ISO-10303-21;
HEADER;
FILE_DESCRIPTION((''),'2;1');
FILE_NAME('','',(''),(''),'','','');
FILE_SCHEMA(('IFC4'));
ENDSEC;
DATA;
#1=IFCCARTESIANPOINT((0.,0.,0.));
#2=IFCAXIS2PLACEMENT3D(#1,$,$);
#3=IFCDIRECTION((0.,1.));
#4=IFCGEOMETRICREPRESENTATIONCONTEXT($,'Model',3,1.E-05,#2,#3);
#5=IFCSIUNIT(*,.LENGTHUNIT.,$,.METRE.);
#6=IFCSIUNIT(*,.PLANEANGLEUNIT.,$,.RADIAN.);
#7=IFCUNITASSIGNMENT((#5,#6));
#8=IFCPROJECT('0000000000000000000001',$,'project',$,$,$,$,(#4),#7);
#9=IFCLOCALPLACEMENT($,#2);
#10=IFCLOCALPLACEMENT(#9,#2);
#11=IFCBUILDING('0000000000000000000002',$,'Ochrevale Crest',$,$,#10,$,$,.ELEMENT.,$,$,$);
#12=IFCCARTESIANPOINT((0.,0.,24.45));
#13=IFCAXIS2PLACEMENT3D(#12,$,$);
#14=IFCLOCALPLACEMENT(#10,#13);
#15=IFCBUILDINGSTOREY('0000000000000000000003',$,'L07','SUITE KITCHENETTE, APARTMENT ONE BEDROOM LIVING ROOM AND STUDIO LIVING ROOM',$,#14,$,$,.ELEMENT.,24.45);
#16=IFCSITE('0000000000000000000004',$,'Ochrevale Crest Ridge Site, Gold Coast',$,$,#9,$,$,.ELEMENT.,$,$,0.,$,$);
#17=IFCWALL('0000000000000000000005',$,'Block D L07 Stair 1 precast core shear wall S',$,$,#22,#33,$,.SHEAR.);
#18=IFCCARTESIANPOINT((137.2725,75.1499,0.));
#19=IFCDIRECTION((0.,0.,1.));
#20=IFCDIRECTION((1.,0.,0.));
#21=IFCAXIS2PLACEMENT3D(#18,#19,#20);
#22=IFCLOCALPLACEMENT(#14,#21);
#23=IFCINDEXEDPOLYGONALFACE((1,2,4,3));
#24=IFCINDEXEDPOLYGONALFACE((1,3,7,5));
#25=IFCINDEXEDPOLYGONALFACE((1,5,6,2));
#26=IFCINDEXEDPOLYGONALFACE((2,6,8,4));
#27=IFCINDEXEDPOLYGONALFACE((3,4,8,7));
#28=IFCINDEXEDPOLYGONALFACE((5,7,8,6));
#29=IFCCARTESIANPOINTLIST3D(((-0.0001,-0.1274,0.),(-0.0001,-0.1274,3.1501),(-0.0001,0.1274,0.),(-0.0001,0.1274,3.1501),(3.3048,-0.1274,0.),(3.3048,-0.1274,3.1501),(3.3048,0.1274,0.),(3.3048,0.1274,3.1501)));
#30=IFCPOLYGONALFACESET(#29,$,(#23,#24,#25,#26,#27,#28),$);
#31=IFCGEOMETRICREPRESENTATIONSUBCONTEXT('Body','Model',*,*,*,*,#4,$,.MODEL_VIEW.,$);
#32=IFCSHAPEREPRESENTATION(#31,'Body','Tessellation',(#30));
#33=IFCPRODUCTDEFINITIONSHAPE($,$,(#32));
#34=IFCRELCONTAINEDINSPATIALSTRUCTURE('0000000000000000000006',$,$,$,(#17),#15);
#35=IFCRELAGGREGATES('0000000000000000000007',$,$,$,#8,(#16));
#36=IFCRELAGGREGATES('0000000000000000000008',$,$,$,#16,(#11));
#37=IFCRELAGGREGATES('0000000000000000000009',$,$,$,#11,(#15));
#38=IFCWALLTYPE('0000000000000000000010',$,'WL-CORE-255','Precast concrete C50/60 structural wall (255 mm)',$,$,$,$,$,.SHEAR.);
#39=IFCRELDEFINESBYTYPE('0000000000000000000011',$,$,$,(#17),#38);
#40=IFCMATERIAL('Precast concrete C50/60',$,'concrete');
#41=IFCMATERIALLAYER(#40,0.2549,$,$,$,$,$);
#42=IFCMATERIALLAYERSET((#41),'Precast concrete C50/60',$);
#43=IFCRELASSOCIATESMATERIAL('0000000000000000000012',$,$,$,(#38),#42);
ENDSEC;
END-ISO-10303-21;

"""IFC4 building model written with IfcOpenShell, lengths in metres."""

from ifc_helpers import new_model, si_unit, direction, frame, frame_2d, origin, place, context, subcontext, project, spatial, rectangle, extrude, material, layer, layer_set, type_object, element, save


model = new_model("IFC4")

# Units and contexts
model_context = context("Model", 3, precision=1e-05, world=origin(), true_north=direction((0.0, 1.0)))
body_context = subcontext(model_context, "Body", "Model", "MODEL_VIEW")
ifc_project = project(units=[si_unit("LENGTHUNIT", "METRE"), si_unit("PLANEANGLEUNIT", "RADIAN")], contexts=[model_context])

# Site, building, storey
site_placement = place(None, origin())
site = spatial("IfcSite", under=ifc_project, at=site_placement, Name="Ochrevale Crest Ridge Site, Gold Coast", CompositionType="ELEMENT", RefElevation=0.0)
building_placement = place(site_placement, origin())
building = spatial("IfcBuilding", under=site, at=building_placement, Name="Ochrevale Crest", CompositionType="ELEMENT")
storey_placement = place(building_placement, frame((0.0, 0.0, 24.45)))
storey = spatial("IfcBuildingStorey", under=building, at=storey_placement, Name="L07", Description="SUITE KITCHENETTE, APARTMENT ONE BEDROOM LIVING ROOM AND STUDIO LIVING ROOM", CompositionType="ELEMENT", Elevation=24.45)

# Shared definitions
ifc_material_1 = material(Name="Precast concrete C50/60", Category="concrete")

# Wall
ifc_layer_1 = layer(ifc_material_1, 0.2549)
ifc_layer_set_1 = layer_set([ifc_layer_1], Name="Precast concrete C50/60")
wall_type_1 = type_object("IfcWallType", Name="WL-CORE-255", Description="Precast concrete C50/60 structural wall (255 mm)", PredefinedType="SHEAR", material=ifc_layer_set_1)
wall_1_placement = place(storey_placement, frame((137.2725, 75.1499, 0.0), z_axis=(0.0, 0.0, 1.0), x_axis=(1.0, 0.0, 0.0)))
element("IfcWall", 1, at=wall_1_placement, inside=storey, type_object=wall_type_1, Name="Block D L07 Stair 1 precast core shear wall S", PredefinedType="SHEAR", context=body_context, shape_type="SweptSolid", body=[
    extrude(rectangle(XDim=3.3049, YDim=0.2549, at=frame_2d((1.6523, 0.0))), origin(), (0.0, 0.0, 1.0), 3.1501),
])

save(model, "model.ifc")
